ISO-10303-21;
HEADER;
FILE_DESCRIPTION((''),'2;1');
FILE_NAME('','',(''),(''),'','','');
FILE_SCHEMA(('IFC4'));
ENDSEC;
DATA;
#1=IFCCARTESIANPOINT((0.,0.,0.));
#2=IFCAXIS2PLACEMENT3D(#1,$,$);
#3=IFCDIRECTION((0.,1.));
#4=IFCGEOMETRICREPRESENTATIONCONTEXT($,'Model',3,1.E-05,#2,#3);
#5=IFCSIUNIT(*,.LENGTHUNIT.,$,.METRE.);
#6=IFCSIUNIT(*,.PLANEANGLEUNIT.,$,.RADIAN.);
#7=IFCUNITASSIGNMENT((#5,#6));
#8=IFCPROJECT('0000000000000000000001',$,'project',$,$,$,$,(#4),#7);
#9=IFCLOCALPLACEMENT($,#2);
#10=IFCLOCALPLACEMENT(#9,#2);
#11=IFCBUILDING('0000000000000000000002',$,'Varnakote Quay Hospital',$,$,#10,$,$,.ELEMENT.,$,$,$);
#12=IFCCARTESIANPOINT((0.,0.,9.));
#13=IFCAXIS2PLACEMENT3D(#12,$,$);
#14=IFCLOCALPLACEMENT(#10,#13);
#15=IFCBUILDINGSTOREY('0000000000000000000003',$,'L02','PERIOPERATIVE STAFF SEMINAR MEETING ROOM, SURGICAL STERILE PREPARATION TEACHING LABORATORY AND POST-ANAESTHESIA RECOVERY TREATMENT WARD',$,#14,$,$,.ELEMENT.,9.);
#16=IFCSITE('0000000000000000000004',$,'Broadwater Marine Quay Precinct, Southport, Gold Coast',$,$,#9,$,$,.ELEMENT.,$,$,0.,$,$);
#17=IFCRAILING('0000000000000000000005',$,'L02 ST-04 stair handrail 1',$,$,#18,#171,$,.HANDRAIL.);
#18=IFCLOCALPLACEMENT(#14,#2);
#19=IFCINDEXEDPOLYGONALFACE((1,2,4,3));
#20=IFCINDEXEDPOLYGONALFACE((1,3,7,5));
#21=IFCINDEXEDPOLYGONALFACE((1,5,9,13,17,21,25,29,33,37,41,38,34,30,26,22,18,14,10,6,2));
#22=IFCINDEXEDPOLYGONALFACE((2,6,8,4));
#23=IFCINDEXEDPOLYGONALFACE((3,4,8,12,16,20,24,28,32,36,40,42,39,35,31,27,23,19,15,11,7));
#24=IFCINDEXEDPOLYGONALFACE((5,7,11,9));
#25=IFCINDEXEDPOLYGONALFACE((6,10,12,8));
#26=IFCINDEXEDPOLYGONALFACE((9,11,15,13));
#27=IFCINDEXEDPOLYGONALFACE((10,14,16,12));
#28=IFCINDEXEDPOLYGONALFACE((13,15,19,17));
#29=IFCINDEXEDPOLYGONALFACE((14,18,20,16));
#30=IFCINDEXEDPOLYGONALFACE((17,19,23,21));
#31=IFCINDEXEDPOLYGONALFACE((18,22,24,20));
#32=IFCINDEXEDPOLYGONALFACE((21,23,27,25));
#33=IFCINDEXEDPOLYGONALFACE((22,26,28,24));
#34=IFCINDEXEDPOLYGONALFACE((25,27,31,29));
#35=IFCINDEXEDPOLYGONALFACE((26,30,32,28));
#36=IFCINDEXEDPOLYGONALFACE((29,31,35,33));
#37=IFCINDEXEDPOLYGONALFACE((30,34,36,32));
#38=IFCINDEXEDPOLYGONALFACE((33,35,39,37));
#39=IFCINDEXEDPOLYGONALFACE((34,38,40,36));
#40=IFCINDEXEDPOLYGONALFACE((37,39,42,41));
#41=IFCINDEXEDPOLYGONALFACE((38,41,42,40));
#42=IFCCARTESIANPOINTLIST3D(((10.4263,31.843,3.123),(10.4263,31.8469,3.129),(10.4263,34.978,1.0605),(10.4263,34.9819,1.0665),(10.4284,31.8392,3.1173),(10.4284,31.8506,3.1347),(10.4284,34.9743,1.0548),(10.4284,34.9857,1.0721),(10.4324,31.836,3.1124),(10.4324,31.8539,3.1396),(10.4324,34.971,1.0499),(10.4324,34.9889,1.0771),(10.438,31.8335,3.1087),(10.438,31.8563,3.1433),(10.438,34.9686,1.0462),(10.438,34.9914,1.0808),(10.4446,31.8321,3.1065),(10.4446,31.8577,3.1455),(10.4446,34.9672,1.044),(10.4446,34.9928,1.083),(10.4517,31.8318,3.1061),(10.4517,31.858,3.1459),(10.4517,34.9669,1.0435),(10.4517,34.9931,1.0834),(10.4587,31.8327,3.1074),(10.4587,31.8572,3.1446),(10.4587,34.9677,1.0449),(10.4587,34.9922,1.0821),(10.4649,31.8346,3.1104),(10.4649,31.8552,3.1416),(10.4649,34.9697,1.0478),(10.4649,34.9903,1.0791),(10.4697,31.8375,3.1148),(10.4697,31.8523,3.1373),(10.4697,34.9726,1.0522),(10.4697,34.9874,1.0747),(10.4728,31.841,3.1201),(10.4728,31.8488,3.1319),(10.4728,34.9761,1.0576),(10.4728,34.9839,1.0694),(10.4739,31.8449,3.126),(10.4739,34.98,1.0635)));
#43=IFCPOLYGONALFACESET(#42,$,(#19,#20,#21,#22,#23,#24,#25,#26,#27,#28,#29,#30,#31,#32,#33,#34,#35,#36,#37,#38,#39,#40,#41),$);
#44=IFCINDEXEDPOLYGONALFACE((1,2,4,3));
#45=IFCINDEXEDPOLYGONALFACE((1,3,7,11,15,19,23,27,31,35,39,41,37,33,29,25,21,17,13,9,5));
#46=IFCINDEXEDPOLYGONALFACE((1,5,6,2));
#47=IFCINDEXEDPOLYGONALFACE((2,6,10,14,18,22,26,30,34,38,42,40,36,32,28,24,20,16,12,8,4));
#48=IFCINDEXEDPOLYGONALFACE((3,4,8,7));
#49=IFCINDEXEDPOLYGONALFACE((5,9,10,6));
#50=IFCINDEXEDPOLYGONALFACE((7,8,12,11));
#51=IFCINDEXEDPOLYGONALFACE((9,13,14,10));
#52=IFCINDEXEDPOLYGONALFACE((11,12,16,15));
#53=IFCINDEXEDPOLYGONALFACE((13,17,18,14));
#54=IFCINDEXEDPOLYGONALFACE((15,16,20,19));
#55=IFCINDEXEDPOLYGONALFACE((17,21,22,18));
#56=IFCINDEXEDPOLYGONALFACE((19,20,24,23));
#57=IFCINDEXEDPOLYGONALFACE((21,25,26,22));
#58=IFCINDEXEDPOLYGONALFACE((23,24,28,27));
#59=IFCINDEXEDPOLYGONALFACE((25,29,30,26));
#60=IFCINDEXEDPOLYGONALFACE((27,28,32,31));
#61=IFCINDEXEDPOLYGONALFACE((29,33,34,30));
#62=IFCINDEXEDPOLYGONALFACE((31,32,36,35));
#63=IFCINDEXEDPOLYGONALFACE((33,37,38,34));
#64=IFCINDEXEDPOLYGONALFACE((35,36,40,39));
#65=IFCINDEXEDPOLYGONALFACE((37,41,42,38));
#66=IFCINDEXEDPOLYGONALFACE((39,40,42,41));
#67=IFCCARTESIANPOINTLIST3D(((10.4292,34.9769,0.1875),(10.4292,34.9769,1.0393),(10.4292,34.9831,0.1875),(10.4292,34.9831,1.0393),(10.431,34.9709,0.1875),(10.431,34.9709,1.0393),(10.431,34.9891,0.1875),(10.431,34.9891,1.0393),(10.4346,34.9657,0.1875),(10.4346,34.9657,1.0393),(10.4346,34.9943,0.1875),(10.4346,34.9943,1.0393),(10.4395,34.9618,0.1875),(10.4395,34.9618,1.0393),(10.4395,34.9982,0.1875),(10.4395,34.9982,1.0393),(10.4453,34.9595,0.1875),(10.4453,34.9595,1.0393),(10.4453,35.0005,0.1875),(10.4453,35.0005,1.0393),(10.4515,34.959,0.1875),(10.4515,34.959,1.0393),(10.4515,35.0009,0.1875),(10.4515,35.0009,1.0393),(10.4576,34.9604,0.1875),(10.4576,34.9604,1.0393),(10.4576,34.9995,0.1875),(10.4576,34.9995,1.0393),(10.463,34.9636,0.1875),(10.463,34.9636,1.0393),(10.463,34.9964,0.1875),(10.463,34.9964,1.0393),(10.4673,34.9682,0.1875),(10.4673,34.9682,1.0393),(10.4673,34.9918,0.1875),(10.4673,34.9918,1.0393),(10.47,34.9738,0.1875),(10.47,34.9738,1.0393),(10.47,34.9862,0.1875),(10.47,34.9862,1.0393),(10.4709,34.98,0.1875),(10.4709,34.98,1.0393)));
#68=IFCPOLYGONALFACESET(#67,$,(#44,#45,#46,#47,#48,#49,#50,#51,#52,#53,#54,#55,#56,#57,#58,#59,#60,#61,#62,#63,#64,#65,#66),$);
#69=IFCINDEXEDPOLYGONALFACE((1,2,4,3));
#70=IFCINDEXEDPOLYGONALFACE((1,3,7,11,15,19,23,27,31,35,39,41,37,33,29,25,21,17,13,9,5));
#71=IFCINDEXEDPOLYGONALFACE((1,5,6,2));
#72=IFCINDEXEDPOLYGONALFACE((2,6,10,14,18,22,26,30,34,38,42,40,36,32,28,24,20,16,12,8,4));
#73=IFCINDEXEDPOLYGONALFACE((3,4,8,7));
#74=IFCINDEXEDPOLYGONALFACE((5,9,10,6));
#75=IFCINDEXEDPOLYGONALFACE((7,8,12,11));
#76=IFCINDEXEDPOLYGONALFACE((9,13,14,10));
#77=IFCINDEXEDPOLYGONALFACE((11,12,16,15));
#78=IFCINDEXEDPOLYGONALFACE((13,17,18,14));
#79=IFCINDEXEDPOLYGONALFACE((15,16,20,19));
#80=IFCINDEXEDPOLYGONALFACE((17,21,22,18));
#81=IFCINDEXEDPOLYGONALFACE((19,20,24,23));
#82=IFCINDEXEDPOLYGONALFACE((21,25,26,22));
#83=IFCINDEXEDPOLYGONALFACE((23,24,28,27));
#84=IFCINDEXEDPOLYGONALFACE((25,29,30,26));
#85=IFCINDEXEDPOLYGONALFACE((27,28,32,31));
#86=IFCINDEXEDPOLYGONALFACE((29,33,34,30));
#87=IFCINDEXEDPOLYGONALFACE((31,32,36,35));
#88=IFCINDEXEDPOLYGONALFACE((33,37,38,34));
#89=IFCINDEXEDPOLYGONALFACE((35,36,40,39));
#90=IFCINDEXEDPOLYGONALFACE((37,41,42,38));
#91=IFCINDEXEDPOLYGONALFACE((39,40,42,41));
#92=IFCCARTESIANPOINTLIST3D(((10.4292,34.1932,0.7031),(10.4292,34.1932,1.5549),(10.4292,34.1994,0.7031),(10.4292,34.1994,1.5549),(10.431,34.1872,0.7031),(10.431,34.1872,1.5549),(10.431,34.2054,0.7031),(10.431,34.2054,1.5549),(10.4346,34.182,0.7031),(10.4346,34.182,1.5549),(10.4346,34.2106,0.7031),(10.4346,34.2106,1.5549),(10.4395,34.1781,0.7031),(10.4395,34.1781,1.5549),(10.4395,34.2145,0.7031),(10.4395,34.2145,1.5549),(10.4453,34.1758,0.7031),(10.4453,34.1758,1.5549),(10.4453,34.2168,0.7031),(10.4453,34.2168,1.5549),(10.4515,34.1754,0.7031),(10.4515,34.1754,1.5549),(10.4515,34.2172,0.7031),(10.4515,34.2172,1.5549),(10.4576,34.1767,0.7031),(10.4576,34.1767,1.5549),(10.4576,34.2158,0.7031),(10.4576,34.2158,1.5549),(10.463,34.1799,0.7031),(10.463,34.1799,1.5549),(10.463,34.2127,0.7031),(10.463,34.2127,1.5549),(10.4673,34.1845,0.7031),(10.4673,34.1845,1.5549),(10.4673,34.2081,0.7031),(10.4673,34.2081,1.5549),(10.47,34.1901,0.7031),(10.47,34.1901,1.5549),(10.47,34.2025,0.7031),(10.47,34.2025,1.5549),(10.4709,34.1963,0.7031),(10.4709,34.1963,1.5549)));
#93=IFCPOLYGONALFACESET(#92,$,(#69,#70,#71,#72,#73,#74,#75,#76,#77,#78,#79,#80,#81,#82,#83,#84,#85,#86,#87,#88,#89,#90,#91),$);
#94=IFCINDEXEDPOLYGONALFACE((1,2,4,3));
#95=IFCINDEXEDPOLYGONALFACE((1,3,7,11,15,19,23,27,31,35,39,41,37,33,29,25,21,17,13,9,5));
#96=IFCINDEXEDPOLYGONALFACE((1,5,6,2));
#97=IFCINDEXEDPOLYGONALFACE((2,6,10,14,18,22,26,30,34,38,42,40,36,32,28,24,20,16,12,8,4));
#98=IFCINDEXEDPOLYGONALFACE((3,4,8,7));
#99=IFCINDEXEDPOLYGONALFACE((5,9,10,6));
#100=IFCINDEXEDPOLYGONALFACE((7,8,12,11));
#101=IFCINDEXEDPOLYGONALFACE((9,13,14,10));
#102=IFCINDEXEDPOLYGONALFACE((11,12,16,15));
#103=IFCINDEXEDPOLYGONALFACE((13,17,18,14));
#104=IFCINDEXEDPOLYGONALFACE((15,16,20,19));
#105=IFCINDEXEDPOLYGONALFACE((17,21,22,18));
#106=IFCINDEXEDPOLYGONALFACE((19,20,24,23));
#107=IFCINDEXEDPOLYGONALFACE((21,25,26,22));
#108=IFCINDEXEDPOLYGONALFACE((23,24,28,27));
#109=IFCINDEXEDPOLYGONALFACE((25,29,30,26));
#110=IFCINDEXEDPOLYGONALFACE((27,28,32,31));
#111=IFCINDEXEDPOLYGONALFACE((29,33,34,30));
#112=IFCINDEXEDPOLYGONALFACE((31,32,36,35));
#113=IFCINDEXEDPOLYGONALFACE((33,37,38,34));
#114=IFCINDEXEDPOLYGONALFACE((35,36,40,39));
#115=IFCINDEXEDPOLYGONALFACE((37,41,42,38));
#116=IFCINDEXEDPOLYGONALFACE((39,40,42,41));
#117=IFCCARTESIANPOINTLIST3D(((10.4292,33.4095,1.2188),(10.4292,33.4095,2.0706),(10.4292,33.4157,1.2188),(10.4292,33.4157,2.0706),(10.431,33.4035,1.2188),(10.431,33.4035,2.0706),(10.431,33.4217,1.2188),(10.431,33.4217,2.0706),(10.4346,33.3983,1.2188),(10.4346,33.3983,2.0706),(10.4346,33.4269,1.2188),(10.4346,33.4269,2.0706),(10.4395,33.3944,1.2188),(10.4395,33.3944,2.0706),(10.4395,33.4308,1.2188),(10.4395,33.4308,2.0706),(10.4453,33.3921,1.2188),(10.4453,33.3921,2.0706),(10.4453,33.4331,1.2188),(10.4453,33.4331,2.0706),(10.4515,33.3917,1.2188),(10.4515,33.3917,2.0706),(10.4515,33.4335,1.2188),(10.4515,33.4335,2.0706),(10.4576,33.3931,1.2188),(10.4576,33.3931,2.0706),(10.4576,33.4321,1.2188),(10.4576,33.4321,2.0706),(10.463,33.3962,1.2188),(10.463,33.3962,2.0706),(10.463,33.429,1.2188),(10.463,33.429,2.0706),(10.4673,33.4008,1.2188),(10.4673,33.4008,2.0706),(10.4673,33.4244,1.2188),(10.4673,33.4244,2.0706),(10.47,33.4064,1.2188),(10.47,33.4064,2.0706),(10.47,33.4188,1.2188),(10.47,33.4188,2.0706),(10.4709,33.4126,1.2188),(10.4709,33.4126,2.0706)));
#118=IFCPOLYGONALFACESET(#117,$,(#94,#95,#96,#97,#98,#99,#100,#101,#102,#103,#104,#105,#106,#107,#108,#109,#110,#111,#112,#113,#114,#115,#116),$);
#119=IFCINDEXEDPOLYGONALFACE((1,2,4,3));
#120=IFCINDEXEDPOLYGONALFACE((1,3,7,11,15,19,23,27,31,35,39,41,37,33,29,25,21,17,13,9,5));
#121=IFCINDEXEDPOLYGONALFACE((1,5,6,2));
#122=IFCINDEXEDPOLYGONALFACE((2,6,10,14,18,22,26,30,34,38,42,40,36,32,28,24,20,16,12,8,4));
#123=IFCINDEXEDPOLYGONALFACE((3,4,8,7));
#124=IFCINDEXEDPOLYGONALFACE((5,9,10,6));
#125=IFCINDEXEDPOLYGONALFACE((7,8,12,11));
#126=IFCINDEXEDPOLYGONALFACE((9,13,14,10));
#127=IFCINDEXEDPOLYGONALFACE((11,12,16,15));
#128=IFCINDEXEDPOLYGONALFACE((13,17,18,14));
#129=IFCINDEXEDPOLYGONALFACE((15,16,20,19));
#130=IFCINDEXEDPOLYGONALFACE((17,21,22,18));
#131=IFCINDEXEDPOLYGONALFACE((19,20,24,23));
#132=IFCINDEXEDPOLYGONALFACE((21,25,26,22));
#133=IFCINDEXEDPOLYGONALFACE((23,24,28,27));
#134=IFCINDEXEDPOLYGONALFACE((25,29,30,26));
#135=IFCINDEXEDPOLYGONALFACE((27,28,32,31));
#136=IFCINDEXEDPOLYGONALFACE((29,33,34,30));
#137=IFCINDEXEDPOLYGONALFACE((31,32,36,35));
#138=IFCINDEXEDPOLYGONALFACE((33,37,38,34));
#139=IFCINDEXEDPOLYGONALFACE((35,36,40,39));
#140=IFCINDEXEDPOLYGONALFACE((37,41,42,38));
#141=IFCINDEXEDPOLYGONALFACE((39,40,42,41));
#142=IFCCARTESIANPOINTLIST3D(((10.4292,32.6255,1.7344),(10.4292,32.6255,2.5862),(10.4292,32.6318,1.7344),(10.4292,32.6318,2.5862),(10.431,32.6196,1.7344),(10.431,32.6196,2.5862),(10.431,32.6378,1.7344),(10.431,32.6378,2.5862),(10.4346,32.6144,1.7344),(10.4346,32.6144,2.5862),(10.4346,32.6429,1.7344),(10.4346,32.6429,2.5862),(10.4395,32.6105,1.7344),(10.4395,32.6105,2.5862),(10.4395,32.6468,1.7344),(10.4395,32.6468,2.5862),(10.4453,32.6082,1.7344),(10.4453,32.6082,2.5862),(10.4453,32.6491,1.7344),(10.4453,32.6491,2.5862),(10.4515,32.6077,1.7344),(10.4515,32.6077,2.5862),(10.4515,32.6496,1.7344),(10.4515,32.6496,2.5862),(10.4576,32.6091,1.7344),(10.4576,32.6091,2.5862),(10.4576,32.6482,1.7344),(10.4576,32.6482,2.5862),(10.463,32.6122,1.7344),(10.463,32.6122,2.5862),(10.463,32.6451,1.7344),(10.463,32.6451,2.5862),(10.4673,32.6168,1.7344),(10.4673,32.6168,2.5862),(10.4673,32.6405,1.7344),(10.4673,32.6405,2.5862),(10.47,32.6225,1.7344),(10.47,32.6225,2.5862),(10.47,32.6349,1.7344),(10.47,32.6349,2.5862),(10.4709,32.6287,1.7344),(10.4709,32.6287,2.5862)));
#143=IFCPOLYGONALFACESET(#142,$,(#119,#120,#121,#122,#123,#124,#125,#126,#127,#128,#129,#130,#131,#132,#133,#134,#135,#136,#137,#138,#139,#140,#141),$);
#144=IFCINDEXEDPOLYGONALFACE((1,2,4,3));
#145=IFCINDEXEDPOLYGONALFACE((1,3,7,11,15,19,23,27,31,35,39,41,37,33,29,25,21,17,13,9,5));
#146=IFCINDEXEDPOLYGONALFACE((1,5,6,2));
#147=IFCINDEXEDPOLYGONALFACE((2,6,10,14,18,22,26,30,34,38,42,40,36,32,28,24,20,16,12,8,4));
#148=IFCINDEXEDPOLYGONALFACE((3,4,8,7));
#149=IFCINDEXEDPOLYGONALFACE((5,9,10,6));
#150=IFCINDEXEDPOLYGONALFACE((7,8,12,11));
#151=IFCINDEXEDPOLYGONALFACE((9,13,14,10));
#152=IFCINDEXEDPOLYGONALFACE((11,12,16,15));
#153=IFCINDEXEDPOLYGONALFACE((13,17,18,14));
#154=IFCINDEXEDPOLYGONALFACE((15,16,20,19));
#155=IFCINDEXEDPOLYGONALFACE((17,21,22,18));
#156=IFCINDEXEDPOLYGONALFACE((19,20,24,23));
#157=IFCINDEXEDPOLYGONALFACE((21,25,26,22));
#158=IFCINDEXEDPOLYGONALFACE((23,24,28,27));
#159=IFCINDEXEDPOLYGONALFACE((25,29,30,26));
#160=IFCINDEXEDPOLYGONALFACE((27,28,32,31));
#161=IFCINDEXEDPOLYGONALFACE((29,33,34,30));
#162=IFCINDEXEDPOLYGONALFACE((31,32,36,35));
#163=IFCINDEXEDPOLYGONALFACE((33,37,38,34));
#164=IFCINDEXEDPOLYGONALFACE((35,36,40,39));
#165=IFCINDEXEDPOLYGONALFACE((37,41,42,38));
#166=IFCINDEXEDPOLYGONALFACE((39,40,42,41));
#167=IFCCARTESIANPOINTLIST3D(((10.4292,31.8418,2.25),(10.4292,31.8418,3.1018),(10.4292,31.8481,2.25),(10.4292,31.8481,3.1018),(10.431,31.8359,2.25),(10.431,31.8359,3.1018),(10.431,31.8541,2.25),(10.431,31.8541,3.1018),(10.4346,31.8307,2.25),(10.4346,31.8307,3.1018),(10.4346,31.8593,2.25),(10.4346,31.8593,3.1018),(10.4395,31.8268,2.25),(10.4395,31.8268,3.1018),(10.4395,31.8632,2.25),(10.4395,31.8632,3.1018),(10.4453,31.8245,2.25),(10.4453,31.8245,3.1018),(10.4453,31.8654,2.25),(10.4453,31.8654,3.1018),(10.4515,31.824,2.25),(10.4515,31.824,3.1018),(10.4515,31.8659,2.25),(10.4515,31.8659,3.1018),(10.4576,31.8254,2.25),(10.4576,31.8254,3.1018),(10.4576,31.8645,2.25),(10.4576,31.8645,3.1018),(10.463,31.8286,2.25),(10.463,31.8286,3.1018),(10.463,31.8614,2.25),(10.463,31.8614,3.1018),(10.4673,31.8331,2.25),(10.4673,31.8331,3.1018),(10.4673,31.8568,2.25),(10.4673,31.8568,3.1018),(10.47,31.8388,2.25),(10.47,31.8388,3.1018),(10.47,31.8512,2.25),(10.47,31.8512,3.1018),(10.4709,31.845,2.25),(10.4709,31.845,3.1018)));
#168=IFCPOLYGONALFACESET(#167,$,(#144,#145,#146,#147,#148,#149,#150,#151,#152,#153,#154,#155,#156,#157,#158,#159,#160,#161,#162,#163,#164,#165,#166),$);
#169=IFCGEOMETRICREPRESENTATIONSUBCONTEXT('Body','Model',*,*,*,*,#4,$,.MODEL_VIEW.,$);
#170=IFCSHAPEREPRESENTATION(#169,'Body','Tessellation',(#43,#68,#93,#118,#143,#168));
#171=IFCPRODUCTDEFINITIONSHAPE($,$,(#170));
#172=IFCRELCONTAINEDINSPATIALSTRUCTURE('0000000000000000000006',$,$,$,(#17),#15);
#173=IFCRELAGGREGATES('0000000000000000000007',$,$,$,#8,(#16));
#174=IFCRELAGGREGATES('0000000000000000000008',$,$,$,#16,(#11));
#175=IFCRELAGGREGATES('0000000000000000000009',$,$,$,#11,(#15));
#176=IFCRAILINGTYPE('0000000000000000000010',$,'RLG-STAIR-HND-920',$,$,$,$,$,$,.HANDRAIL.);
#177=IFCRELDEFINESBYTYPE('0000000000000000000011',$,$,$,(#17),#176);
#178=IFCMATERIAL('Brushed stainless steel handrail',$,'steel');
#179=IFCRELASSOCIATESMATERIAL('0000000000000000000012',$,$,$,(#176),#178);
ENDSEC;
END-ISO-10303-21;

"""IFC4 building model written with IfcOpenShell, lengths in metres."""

from ifc_helpers import new_model, si_unit, direction, frame, origin, origin_2d, place, context, subcontext, project, spatial, circle, extrude, material, type_object, element, save


model = new_model("IFC4")

# Units and contexts
model_context = context("Model", 3, precision=1e-05, world=origin(), true_north=direction((0.0, 1.0)))
body_context = subcontext(model_context, "Body", "Model", "MODEL_VIEW")
ifc_project = project(units=[si_unit("LENGTHUNIT", "METRE"), si_unit("PLANEANGLEUNIT", "RADIAN")], contexts=[model_context])

# Site, building, storey
site_placement = place(None, origin())
site = spatial("IfcSite", under=ifc_project, at=site_placement, Name="Broadwater Marine Quay Precinct, Southport, Gold Coast", CompositionType="ELEMENT", RefElevation=0.0)
building_placement = place(site_placement, origin())
building = spatial("IfcBuilding", under=site, at=building_placement, Name="Varnakote Quay Hospital", CompositionType="ELEMENT")
storey_placement = place(building_placement, frame((0.0, 0.0, 9.0)))
storey = spatial("IfcBuildingStorey", under=building, at=storey_placement, Name="L02", Description="PERIOPERATIVE STAFF SEMINAR MEETING ROOM, SURGICAL STERILE PREPARATION TEACHING LABORATORY AND POST-ANAESTHESIA RECOVERY TREATMENT WARD", CompositionType="ELEMENT", Elevation=9.0)

# Railing
ifc_material_1 = material(Name="Brushed stainless steel handrail", Category="steel")
railing_type_1 = type_object("IfcRailingType", Name="RLG-STAIR-HND-920", PredefinedType="HANDRAIL", material=ifc_material_1)
railing_1_placement = place(storey_placement, frame((10.45, 34.98, 0.1875)))
element("IfcRailing", 1, at=railing_1_placement, inside=storey, type_object=railing_type_1, Name="L02 ST-04 stair handrail 1", PredefinedType="HANDRAIL", context=body_context, shape_type="SweptSolid", body=[
    extrude(circle(Radius=0.0239, at=origin_2d()), frame((0.0, 0.0, 0.876), z_axis=(0.0, -0.835418, 0.549615), x_axis=(1.0, 0.0, 0.0)), (0.0, 0.0, 1.0), 3.7527),
    extrude(circle(Radius=0.021, at=origin_2d()), origin(), (0.0, 0.0, 1.0), 0.8518),
    extrude(circle(Radius=0.021, at=origin_2d()), frame((0.0, -0.7837, 0.5156)), (0.0, 0.0, 1.0), 0.8518),
    extrude(circle(Radius=0.021, at=origin_2d()), frame((0.0, -1.5674, 1.0312)), (0.0, 0.0, 1.0), 0.8518),
    extrude(circle(Radius=0.021, at=origin_2d()), frame((0.0, -2.3513, 1.5469)), (0.0, 0.0, 1.0), 0.8518),
    extrude(circle(Radius=0.021, at=origin_2d()), frame((0.0, -3.135, 2.0625)), (0.0, 0.0, 1.0), 0.8518),
])

save(model, "model.ifc")
